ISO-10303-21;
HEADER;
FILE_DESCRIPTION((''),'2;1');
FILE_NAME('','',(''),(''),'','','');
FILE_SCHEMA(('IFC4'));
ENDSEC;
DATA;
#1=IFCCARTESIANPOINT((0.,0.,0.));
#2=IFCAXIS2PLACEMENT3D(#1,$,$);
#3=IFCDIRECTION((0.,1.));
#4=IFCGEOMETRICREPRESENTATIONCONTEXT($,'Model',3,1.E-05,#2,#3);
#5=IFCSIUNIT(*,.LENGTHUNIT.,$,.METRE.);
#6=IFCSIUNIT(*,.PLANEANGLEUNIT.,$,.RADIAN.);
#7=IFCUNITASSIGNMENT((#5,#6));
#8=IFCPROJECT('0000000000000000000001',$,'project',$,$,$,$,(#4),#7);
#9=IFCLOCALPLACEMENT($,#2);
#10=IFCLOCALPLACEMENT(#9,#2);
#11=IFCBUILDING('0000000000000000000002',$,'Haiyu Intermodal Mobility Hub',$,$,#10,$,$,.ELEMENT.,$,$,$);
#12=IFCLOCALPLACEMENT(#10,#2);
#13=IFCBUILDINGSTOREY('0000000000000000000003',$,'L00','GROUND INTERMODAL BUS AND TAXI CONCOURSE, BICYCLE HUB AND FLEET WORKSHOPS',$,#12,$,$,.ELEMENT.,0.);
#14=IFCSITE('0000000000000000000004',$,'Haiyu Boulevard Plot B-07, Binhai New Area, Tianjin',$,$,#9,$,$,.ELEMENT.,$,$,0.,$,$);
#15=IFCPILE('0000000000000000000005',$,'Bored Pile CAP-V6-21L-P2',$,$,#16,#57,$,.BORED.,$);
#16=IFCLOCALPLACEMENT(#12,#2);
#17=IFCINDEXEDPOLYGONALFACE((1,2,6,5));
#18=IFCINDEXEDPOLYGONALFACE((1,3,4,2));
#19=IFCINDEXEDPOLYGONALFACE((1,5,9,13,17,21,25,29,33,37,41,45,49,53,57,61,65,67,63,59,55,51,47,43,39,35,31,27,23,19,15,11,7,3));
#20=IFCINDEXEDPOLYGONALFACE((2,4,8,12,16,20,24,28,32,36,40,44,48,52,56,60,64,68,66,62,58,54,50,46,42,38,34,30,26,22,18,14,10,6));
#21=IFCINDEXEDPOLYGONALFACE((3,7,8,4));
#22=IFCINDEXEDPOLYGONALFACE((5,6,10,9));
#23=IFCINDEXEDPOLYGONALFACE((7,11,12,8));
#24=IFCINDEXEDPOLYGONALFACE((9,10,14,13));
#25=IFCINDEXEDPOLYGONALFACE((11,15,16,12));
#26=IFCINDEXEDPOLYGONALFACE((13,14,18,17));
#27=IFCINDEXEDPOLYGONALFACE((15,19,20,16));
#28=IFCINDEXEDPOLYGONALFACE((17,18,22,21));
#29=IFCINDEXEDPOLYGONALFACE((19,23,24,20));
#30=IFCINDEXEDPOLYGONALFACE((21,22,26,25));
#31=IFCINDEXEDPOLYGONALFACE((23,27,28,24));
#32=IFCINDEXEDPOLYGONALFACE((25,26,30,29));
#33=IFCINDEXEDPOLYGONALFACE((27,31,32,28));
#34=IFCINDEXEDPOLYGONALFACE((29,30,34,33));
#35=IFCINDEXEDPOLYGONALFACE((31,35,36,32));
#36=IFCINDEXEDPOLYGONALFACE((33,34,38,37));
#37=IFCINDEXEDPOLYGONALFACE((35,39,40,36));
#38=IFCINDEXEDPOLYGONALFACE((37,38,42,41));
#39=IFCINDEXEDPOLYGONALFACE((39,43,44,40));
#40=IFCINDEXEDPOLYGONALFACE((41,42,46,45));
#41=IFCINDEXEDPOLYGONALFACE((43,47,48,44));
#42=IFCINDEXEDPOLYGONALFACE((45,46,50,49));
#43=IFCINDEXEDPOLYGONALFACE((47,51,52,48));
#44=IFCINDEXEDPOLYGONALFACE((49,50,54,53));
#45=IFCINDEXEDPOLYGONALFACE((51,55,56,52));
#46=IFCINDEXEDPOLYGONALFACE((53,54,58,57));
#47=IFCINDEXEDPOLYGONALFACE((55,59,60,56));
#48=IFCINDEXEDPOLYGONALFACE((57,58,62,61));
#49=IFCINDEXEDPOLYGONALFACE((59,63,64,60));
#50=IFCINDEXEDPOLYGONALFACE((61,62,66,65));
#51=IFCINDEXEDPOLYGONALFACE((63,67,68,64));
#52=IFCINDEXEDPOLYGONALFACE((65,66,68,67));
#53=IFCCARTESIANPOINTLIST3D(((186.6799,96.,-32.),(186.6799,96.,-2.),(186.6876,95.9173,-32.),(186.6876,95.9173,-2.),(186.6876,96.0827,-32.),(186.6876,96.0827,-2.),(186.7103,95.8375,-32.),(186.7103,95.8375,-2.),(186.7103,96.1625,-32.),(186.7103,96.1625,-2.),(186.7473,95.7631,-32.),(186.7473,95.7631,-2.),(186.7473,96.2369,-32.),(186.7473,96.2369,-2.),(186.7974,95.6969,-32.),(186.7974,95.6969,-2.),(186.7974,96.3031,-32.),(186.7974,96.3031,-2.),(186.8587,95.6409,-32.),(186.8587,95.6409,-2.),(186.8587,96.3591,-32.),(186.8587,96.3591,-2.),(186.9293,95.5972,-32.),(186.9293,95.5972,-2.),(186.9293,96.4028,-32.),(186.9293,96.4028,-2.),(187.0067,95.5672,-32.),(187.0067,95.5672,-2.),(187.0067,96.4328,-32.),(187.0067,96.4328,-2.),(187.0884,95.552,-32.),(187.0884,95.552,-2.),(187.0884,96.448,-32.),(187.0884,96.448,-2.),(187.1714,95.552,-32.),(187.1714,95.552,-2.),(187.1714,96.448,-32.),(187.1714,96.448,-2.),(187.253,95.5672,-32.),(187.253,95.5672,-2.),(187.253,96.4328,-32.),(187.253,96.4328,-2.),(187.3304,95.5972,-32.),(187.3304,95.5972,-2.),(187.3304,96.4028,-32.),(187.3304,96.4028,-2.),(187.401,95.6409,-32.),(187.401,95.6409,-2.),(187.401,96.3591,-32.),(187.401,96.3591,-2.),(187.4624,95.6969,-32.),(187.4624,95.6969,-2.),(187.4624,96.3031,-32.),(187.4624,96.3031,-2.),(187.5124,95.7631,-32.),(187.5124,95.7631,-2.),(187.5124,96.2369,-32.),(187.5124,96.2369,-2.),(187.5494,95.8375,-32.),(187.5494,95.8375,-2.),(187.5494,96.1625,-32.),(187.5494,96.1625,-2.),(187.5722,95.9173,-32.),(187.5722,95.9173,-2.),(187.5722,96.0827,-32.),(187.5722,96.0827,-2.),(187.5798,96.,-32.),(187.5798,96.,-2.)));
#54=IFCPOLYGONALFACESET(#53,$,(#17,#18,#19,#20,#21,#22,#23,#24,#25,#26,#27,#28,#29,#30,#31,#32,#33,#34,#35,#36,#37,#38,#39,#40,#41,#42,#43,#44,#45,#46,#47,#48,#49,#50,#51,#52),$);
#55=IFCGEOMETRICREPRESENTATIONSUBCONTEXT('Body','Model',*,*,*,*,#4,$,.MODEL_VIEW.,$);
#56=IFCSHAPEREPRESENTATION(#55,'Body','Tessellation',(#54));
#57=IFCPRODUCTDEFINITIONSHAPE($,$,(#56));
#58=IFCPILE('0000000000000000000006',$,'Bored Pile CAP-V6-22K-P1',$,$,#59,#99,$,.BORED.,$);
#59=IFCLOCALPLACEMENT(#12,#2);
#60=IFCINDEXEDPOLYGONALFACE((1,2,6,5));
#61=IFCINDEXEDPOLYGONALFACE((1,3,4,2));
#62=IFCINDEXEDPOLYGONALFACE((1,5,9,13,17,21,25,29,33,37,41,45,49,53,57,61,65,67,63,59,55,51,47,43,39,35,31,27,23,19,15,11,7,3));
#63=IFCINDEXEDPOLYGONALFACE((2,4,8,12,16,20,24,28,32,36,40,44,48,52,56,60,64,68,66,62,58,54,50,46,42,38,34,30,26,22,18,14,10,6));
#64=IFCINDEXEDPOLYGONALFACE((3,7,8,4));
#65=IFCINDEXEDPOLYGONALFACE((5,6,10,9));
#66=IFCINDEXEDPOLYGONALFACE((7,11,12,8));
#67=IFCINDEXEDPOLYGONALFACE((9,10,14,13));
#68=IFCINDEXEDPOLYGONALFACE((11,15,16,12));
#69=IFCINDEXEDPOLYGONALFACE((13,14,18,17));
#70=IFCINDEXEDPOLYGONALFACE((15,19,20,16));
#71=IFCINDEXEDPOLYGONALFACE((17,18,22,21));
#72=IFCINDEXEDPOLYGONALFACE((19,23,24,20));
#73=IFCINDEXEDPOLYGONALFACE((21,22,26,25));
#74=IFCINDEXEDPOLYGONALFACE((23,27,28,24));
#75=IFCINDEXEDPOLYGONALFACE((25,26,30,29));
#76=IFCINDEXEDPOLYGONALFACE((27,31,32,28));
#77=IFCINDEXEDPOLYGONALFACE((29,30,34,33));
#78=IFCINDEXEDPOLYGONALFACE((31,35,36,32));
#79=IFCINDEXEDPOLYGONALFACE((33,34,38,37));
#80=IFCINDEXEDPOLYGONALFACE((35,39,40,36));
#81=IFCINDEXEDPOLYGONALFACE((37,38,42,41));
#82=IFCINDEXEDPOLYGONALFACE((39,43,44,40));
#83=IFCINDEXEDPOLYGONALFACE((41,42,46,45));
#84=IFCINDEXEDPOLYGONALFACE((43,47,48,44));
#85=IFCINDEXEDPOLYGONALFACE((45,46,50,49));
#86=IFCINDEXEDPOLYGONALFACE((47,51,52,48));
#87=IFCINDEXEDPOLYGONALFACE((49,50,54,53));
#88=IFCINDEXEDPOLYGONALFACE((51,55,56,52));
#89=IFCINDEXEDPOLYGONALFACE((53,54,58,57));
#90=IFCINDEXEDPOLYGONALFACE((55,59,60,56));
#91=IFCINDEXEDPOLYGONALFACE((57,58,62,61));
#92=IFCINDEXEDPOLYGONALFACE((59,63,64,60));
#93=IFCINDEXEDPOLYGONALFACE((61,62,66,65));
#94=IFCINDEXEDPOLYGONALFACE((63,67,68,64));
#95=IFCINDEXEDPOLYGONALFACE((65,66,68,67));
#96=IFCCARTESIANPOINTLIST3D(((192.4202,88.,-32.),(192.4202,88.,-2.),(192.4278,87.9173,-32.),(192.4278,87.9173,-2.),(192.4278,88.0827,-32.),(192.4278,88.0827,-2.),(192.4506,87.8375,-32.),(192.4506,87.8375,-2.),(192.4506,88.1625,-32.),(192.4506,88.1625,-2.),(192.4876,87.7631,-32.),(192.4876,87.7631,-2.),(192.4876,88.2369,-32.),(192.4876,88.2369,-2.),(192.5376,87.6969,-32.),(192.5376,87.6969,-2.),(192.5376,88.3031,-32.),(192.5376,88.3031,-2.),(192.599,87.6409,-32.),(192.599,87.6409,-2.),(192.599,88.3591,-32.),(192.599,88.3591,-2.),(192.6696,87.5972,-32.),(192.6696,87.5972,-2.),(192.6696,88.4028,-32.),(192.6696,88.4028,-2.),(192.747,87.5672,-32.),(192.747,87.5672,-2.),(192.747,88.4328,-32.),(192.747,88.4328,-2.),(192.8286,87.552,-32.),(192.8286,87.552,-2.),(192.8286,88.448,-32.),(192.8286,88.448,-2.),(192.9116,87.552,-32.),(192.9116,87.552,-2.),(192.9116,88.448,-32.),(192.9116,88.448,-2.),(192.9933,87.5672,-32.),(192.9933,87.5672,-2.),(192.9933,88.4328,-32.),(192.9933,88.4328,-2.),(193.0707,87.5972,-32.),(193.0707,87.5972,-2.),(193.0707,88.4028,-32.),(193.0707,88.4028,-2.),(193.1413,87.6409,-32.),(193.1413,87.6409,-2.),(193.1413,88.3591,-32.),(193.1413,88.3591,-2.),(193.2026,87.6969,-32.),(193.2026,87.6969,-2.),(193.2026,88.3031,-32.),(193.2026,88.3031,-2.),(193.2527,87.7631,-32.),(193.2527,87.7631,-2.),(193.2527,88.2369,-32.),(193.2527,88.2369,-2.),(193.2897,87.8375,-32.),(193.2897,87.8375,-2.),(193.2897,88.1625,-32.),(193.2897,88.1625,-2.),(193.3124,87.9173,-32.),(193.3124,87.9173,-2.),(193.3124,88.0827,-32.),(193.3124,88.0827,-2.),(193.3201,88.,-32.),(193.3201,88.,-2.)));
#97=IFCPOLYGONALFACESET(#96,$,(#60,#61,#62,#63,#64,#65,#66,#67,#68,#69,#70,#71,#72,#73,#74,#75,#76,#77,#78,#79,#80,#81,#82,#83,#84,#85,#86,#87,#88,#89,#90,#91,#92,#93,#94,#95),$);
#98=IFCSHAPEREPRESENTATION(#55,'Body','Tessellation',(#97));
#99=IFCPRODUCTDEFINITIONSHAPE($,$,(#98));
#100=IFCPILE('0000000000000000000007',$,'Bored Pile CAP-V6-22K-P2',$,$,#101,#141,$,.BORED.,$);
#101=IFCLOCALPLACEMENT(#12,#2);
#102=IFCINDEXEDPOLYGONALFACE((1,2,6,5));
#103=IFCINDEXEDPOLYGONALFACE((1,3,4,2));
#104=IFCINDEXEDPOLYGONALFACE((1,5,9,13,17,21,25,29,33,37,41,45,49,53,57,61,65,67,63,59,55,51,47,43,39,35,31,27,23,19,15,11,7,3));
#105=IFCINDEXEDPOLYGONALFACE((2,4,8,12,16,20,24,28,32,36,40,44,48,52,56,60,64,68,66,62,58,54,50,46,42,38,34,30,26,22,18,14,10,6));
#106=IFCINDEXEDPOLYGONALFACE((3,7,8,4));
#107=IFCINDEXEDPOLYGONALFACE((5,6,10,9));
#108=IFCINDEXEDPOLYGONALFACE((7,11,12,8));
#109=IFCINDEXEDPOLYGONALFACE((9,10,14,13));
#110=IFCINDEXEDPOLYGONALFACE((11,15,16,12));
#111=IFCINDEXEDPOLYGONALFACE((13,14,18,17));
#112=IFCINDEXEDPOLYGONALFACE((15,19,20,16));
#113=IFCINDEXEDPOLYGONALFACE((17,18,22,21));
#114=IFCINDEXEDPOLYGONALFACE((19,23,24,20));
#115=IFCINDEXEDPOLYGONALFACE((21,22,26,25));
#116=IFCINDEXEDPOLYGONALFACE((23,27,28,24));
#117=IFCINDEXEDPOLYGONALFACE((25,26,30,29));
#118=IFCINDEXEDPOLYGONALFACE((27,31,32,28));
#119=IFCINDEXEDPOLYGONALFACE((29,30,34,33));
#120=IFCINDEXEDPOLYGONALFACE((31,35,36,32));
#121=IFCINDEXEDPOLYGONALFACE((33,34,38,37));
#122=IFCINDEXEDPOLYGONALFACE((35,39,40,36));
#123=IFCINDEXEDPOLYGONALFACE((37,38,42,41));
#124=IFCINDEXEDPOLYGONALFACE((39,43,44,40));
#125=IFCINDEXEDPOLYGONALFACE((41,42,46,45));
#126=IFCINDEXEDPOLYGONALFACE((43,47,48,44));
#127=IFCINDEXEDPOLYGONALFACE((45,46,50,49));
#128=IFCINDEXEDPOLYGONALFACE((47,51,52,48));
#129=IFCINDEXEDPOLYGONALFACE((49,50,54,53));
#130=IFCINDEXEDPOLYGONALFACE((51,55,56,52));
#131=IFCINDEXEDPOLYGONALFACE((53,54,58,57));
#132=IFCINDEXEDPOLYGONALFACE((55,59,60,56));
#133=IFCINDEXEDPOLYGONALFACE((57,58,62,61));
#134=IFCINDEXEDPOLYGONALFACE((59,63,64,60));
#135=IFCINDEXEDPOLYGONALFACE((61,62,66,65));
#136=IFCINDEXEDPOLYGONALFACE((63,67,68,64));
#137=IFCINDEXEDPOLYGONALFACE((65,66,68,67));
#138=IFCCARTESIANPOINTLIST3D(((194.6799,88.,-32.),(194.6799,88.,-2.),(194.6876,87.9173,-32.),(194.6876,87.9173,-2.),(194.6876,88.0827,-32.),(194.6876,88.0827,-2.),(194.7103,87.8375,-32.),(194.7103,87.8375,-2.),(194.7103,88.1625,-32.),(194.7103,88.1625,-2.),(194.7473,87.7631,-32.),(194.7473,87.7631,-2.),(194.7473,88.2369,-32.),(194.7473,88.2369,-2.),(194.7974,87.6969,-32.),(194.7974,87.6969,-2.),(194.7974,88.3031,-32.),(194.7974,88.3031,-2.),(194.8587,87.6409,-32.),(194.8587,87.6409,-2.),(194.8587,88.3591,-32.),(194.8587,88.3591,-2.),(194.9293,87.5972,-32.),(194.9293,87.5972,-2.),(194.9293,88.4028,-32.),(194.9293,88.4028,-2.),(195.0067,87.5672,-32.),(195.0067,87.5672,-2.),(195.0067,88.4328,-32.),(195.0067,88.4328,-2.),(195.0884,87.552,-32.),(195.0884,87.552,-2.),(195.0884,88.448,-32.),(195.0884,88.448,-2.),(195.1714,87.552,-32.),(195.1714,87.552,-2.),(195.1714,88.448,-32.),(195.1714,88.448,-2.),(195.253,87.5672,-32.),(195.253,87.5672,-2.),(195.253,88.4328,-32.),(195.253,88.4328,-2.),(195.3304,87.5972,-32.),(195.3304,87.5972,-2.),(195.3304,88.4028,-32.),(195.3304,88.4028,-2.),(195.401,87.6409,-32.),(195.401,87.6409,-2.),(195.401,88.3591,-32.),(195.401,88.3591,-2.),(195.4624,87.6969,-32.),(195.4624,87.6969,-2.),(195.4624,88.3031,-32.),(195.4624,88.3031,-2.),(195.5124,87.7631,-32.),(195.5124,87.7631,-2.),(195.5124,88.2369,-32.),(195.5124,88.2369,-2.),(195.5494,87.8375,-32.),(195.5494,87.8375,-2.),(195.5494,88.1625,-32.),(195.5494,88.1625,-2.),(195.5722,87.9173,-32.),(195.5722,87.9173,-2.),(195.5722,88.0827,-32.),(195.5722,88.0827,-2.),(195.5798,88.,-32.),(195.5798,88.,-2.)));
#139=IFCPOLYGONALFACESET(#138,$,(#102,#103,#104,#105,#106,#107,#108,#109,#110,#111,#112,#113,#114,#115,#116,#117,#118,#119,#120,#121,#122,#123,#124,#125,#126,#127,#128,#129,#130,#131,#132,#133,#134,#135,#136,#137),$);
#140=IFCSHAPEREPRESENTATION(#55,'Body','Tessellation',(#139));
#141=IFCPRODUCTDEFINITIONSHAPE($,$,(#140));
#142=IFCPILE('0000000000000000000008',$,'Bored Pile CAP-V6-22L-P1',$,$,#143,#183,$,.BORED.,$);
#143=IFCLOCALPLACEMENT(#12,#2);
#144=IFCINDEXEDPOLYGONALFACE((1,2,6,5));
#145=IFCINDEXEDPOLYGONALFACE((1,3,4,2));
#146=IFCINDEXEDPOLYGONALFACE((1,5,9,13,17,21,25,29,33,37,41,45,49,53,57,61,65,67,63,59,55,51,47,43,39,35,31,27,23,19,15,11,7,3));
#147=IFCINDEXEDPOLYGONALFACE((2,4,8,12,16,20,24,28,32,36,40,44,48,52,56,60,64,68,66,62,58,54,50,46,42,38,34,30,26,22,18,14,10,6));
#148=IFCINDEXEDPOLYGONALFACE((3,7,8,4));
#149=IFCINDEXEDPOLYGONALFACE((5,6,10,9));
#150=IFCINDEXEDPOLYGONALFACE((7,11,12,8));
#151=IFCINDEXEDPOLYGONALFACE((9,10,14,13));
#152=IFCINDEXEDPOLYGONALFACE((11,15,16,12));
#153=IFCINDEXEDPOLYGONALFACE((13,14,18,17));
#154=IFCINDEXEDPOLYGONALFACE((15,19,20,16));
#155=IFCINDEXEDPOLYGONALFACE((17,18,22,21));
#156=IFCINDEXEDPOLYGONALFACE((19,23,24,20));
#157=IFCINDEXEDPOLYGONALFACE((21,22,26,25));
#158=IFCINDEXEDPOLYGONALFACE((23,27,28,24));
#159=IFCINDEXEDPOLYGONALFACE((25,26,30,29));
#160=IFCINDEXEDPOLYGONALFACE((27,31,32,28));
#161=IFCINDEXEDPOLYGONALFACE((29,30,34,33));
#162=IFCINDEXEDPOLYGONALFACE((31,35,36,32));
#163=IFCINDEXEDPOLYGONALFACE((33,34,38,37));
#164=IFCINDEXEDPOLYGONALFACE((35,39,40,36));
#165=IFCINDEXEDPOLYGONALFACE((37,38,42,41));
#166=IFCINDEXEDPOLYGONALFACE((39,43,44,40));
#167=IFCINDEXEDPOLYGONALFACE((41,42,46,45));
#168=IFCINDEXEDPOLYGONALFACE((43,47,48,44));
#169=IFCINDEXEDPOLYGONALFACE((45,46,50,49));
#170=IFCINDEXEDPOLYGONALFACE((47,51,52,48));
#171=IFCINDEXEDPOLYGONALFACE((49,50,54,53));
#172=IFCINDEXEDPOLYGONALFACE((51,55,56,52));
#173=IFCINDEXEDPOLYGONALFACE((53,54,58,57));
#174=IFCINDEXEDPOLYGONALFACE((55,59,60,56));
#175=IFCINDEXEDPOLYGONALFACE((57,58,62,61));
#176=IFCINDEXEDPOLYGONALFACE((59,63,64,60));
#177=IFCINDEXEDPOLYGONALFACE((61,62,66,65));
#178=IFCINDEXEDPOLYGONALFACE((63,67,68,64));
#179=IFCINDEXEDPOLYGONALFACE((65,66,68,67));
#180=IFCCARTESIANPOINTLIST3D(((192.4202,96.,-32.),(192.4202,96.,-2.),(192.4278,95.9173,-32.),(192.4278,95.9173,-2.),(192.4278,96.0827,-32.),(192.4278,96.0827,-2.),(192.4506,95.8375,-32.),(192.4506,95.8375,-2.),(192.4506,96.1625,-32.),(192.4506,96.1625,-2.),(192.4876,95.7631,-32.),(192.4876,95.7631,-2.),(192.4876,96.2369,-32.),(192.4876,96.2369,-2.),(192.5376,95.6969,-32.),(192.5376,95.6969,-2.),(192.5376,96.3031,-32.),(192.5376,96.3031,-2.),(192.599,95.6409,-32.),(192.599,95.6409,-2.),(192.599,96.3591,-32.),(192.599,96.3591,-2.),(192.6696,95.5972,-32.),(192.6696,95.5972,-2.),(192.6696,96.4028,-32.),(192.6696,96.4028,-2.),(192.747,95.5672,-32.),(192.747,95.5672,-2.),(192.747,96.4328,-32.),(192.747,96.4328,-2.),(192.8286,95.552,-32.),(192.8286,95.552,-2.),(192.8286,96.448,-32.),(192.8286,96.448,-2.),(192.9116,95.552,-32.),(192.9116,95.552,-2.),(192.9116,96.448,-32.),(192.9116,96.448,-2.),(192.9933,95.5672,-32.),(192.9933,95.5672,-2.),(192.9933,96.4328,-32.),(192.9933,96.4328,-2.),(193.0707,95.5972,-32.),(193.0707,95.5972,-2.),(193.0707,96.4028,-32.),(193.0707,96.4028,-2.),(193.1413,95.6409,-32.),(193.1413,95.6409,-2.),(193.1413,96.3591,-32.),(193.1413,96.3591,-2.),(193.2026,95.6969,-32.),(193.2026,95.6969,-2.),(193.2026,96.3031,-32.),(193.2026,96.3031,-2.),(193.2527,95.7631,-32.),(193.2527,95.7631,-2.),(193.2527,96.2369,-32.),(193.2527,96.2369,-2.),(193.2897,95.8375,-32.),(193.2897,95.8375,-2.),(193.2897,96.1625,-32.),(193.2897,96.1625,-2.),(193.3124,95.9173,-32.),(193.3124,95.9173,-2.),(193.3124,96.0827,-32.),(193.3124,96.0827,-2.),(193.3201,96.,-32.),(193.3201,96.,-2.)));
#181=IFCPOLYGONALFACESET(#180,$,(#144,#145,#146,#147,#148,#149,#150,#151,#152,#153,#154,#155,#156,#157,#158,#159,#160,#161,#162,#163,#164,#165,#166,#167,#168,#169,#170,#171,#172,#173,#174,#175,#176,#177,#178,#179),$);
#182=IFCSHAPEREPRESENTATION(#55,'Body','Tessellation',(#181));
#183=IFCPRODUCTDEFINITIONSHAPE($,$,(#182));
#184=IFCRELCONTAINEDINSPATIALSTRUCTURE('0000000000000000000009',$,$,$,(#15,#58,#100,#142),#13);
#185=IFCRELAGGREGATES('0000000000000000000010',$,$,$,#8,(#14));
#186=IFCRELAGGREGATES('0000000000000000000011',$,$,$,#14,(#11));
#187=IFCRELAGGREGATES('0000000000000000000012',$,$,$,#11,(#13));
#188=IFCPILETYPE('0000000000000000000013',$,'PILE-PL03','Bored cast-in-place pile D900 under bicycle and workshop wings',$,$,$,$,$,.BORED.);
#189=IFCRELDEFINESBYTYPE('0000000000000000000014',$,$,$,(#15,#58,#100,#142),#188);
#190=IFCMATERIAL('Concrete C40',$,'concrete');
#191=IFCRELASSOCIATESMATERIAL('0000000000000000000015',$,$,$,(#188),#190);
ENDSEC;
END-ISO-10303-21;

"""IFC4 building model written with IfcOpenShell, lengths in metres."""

from ifc_helpers import new_model, si_unit, direction, frame, origin, origin_2d, place, context, subcontext, project, spatial, circle, extrude, material, material_profile, profile_set, type_object, element, save


model = new_model("IFC4")

# Units and contexts
model_context = context("Model", 3, precision=1e-05, world=origin(), true_north=direction((0.0, 1.0)))
body_context = subcontext(model_context, "Body", "Model", "MODEL_VIEW")
ifc_project = project(units=[si_unit("LENGTHUNIT", "METRE"), si_unit("PLANEANGLEUNIT", "RADIAN")], contexts=[model_context])

# Site, building, storey
site_placement = place(None, origin())
site = spatial("IfcSite", under=ifc_project, at=site_placement, Name="Haiyu Boulevard Plot B-07, Binhai New Area, Tianjin", CompositionType="ELEMENT", RefElevation=0.0)
building_placement = place(site_placement, origin())
building = spatial("IfcBuilding", under=site, at=building_placement, Name="Haiyu Intermodal Mobility Hub", CompositionType="ELEMENT")
storey_placement = place(building_placement, origin())
storey = spatial("IfcBuildingStorey", under=building, at=storey_placement, Name="L00", Description="GROUND INTERMODAL BUS AND TAXI CONCOURSE, BICYCLE HUB AND FLEET WORKSHOPS", CompositionType="ELEMENT", Elevation=0.0)

# Shared definitions
ifc_material_1 = material(Name="Concrete C40", Category="concrete")

# Piles
ifc_material_profile_1 = material_profile(ifc_material_1, circle(Radius=0.45, at=origin_2d()), Name="PILE-D900")
ifc_profile_set_1 = profile_set([ifc_material_profile_1], Name="Concrete C40")
pile_type = type_object("IfcPileType", Name="PILE-PL03", Description="Bored cast-in-place pile D900 under bicycle and workshop wings", PredefinedType="BORED", material=ifc_profile_set_1)
for number, where, z_axis, x_axis, name in (
    (1, (187.1299, 96.0, -2.0), (0.0, 0.0, -1.0), (1.0, 0.0, 0.0), "Bored Pile CAP-V6-21L-P2"),
    (2, (192.8701, 88.0, -2.0), (0.0, 0.0, -1.0), (1.0, 0.0, 0.0), "Bored Pile CAP-V6-22K-P1"),
    (3, (195.1299, 88.0, -2.0), (0.0, 0.0, -1.0), (1.0, 0.0, 0.0), "Bored Pile CAP-V6-22K-P2"),
    (4, (192.8701, 96.0, -2.0), (0.0, 0.0, -1.0), (1.0, 0.0, 0.0), "Bored Pile CAP-V6-22L-P1"),
):
    element("IfcPile", number, at=place(storey_placement, frame(where, z_axis=z_axis, x_axis=x_axis)), inside=storey, type_object=pile_type, Name=name, PredefinedType="BORED", context=body_context, shape_type="SweptSolid", body=[
        extrude(circle(Radius=0.45, at=origin_2d()), origin(), (0.0, 0.0, 1.0), 30.0),
    ])

save(model, "model.ifc")
